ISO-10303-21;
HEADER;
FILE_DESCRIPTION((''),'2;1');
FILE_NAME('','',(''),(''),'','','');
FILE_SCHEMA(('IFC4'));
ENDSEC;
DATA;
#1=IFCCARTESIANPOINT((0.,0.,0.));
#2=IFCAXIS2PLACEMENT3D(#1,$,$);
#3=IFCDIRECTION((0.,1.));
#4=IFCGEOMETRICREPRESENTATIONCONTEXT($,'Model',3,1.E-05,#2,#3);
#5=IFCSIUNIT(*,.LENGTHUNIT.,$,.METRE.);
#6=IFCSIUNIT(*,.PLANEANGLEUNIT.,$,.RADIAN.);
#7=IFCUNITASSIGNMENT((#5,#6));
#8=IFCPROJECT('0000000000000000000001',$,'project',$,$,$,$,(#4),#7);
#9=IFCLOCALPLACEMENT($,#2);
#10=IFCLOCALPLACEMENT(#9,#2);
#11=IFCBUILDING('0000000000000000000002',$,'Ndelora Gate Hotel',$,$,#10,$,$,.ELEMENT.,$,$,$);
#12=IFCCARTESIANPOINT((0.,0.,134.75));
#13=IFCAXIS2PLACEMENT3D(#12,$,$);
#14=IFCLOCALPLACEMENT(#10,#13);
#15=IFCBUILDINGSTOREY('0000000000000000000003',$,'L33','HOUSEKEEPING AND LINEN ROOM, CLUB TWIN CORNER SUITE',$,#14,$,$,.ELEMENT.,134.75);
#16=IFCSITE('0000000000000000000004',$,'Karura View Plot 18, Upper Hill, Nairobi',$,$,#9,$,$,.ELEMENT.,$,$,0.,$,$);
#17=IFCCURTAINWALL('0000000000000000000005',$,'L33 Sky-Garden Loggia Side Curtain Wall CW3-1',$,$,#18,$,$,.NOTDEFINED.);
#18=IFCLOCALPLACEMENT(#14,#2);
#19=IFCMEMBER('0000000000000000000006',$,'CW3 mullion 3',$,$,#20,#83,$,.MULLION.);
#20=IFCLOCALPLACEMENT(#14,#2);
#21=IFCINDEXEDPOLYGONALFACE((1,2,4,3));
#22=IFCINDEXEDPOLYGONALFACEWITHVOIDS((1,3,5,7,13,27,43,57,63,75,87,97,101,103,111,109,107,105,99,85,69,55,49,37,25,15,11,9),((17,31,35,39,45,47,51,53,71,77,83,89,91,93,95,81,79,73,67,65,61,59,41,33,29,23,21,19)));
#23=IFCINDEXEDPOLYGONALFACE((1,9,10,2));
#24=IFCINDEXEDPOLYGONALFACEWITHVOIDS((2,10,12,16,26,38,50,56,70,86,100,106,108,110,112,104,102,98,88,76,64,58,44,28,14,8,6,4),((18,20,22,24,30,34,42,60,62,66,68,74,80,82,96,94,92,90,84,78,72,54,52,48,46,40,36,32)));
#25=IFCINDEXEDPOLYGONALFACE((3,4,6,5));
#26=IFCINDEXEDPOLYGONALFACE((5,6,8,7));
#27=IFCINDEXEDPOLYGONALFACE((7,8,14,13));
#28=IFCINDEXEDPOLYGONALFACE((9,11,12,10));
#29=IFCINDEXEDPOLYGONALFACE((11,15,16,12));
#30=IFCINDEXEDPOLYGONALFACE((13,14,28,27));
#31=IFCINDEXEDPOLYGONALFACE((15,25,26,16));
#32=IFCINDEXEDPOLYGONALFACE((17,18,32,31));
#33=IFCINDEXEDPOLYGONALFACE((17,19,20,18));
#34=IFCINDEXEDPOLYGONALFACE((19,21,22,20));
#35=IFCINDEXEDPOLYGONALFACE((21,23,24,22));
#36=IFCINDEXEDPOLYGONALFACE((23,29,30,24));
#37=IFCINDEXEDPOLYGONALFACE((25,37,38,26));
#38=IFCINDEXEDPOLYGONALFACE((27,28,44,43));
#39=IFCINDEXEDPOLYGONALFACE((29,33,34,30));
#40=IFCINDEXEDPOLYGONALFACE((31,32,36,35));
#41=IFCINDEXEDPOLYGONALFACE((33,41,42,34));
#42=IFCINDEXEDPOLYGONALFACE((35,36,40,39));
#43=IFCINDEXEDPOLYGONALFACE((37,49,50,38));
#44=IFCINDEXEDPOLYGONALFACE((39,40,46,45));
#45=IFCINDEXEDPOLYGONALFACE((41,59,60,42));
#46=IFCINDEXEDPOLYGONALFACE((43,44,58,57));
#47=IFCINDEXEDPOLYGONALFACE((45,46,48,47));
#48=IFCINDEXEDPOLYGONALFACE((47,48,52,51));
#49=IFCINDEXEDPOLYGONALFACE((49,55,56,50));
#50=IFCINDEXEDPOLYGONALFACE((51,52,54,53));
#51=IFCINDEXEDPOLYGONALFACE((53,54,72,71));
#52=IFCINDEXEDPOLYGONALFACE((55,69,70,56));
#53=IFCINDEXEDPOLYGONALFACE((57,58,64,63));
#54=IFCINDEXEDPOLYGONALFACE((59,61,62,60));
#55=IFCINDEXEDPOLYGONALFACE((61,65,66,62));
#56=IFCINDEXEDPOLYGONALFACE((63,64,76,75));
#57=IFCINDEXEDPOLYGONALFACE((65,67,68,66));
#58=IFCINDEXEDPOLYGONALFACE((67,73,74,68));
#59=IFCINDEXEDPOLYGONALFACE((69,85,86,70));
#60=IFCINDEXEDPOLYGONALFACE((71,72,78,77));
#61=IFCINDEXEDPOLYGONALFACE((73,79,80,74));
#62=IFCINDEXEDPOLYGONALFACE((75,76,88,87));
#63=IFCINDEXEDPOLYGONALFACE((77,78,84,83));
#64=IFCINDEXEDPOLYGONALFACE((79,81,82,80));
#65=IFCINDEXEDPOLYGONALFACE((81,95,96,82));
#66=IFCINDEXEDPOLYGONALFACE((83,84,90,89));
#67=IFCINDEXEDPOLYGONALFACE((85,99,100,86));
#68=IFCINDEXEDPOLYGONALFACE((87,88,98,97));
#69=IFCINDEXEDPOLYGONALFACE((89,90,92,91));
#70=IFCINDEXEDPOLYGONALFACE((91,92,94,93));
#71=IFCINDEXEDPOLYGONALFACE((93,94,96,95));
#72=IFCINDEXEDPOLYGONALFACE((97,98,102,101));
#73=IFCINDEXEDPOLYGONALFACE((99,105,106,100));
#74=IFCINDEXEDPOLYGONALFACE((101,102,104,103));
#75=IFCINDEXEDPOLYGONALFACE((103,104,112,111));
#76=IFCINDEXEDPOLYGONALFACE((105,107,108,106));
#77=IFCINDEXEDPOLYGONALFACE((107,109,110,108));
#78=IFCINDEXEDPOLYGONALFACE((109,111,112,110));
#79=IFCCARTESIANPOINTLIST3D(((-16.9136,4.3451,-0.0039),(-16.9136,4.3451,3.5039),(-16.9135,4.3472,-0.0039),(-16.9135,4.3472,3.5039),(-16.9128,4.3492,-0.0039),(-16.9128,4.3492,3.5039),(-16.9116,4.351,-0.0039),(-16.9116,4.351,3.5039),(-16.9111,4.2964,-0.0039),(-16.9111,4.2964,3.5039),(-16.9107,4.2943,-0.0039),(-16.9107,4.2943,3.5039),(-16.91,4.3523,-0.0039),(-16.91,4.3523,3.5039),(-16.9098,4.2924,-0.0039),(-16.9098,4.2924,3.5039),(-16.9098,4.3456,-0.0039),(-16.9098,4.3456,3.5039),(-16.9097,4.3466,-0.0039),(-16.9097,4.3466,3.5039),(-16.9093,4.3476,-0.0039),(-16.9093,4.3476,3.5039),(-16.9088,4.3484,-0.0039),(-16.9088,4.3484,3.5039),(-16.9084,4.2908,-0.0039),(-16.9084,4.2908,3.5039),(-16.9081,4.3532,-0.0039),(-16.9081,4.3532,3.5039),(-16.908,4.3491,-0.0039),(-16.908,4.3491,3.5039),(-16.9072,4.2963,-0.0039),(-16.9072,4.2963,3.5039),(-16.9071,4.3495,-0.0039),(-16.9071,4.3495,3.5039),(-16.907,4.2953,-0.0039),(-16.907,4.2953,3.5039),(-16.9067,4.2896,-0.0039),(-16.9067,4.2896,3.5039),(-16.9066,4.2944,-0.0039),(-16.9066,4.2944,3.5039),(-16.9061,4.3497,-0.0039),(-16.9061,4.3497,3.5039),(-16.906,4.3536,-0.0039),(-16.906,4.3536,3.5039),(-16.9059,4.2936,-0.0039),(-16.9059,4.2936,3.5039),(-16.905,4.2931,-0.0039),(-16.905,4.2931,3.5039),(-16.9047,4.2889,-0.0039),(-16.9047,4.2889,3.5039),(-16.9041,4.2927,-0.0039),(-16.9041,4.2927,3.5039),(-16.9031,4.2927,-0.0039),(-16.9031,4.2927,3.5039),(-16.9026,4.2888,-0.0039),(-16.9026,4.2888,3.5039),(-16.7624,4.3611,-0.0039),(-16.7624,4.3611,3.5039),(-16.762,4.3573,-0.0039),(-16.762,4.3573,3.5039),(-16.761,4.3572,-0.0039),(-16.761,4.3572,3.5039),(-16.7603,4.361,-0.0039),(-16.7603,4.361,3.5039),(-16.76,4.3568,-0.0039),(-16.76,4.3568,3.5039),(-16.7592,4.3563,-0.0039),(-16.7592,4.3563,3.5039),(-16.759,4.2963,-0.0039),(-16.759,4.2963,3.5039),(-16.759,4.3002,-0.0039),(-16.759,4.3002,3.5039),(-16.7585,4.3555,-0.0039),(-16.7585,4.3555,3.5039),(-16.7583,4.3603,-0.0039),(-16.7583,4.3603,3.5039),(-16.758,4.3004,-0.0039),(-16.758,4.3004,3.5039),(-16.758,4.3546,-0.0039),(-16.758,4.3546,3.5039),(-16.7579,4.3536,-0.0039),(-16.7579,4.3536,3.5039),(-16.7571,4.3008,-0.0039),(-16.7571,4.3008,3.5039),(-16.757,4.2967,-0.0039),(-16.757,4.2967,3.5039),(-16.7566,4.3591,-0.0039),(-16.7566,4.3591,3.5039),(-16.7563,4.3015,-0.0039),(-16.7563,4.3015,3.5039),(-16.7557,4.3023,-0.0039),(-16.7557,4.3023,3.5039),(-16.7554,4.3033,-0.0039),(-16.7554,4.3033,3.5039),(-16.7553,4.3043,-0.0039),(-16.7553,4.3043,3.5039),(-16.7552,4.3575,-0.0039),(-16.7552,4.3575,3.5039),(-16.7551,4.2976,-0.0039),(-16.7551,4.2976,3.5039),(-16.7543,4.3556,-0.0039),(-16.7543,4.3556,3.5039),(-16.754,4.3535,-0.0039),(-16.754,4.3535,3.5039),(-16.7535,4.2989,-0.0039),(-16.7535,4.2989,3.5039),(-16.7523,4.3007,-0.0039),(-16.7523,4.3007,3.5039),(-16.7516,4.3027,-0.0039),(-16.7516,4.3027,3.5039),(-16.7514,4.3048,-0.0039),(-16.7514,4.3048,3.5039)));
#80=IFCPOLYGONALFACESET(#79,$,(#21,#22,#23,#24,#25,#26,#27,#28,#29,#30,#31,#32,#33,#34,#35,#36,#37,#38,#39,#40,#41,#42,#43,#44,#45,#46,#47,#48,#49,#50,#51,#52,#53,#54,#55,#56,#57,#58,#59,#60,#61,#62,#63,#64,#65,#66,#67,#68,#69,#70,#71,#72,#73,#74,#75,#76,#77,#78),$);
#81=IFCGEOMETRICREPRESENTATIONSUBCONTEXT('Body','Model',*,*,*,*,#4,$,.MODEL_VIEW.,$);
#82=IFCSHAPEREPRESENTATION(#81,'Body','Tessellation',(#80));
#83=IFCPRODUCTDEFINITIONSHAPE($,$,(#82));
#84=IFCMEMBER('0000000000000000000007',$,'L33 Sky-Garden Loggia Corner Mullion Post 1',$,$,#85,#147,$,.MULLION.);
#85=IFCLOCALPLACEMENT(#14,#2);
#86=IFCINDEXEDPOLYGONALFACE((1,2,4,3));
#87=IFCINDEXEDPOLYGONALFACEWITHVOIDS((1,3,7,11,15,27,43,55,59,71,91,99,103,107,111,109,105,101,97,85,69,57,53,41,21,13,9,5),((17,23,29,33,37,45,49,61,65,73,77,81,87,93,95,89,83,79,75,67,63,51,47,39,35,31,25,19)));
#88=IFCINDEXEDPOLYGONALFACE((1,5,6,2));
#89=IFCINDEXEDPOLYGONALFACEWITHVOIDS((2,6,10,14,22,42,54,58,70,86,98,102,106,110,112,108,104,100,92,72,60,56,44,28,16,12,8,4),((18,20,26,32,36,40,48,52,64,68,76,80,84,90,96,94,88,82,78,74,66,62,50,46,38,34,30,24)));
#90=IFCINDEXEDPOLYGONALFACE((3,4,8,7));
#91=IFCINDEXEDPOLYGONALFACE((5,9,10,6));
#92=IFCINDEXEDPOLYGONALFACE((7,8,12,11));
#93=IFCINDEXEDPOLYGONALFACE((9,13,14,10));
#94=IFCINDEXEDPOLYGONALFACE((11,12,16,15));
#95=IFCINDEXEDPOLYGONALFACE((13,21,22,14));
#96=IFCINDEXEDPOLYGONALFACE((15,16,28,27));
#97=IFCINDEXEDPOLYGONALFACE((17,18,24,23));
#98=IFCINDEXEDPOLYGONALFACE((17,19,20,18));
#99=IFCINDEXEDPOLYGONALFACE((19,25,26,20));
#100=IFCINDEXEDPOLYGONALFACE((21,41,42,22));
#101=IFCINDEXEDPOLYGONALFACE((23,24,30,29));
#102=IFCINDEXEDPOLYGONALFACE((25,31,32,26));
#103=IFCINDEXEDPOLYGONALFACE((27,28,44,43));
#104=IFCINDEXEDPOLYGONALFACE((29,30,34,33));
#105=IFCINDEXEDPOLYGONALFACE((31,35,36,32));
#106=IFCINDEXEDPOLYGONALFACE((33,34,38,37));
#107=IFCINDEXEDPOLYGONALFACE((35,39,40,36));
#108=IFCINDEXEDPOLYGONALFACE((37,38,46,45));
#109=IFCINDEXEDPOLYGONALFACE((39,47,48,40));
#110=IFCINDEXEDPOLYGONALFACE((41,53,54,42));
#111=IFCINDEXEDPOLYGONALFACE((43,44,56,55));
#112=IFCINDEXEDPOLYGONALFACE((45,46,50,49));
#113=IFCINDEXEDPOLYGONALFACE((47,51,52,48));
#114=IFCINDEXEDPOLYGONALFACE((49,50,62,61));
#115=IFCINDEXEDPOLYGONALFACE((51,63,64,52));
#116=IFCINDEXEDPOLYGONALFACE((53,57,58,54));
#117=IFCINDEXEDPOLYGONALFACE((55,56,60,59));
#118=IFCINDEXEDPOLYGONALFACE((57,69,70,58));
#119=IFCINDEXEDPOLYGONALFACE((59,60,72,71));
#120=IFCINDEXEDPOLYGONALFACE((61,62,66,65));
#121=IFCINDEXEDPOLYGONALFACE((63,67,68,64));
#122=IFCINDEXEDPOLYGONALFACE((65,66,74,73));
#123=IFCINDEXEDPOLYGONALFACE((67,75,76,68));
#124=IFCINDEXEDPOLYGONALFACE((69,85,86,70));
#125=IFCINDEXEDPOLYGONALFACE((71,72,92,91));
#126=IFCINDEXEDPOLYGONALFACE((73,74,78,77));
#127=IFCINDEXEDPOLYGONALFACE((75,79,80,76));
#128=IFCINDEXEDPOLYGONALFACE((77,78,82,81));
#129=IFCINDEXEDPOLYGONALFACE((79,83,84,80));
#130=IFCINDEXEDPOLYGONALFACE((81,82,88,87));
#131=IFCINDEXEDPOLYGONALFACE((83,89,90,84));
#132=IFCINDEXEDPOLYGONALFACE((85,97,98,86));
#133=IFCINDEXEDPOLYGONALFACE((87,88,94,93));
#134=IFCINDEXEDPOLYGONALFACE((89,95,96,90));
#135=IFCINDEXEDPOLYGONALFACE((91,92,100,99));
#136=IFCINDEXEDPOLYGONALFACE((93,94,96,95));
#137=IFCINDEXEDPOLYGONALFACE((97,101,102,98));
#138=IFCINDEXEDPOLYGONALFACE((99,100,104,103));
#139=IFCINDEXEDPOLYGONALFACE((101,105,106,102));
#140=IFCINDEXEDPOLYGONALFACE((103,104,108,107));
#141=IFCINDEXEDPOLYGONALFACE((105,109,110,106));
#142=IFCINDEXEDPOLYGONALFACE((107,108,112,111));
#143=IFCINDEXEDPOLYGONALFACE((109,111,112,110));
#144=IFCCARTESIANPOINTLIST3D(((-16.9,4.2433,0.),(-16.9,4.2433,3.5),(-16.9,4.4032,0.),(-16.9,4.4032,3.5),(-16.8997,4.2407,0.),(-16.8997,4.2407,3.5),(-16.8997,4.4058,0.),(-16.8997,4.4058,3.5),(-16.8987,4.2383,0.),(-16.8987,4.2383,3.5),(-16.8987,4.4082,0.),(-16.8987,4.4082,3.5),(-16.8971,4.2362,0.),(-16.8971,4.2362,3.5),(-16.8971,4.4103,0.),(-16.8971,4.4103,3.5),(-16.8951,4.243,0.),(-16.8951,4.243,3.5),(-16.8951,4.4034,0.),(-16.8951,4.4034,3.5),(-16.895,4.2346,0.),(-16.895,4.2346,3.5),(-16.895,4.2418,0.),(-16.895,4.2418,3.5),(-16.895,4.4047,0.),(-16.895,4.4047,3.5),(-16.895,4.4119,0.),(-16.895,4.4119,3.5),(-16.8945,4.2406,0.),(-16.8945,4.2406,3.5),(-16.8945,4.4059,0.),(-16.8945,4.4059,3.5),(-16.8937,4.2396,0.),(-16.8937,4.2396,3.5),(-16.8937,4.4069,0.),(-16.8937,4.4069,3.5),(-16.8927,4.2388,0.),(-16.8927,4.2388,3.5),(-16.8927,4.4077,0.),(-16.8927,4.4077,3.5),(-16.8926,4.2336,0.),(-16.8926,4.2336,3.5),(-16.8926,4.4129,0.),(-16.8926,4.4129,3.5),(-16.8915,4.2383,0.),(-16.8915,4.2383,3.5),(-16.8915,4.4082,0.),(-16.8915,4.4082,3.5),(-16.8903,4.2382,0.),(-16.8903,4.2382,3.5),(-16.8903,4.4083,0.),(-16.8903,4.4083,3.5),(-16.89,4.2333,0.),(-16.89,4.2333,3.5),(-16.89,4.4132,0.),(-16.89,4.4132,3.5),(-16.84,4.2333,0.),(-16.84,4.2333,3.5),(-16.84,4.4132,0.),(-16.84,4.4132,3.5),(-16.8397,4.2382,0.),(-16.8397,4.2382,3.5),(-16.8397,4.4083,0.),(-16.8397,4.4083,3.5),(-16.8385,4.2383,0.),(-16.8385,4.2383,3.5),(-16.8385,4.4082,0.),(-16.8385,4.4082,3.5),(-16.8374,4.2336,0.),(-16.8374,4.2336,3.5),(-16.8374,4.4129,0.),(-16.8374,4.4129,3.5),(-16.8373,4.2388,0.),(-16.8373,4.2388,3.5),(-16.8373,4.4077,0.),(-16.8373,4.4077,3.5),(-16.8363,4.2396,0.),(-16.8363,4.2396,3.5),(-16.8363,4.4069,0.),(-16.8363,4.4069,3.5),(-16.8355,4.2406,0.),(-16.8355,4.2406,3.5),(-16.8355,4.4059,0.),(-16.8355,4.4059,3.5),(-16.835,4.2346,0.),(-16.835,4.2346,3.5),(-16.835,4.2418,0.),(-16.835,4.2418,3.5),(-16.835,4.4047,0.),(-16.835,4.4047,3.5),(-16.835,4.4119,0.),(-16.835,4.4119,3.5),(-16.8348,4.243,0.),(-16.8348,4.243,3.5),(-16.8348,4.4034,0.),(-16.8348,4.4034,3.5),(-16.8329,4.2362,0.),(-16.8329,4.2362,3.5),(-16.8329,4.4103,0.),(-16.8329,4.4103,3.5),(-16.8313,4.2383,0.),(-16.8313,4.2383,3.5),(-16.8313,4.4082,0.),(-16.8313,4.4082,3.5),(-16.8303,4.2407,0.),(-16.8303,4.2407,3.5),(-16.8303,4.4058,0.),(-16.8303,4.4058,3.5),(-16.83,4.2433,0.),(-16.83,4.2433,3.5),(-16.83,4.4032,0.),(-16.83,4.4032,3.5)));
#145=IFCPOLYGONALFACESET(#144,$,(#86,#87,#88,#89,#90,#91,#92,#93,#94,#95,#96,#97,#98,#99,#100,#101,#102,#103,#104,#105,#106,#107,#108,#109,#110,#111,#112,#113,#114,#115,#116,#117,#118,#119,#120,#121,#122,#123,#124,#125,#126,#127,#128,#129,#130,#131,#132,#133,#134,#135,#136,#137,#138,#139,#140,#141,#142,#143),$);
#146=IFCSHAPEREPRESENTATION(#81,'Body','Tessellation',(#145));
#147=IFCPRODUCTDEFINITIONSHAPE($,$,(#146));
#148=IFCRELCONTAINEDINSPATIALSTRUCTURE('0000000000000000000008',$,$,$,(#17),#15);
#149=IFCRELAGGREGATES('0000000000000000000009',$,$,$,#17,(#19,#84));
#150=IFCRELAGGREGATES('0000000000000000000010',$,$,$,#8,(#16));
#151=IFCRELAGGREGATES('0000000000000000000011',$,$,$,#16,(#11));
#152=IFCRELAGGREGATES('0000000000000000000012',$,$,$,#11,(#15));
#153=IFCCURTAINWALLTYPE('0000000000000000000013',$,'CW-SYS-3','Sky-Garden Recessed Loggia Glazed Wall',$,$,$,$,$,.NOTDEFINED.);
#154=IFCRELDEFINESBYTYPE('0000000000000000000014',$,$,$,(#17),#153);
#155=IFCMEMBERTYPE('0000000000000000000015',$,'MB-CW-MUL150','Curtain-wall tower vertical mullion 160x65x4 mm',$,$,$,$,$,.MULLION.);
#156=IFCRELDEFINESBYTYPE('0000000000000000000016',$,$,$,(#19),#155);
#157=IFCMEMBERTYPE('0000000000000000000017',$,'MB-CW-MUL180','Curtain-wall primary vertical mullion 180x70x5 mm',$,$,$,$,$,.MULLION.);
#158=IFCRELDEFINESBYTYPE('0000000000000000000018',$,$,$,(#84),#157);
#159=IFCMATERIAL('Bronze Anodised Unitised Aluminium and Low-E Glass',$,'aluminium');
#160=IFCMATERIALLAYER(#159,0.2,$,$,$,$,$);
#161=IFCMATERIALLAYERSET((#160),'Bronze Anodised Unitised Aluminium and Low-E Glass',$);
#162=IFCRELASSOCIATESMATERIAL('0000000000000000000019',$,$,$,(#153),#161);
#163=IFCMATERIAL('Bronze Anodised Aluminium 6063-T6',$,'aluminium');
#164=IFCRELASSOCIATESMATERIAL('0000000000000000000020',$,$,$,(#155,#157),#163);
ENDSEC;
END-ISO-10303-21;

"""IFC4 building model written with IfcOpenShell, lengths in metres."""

from ifc_helpers import new_model, si_unit, direction, frame, origin, origin_2d, place, context, subcontext, project, spatial, hollow_rectangle, extrude, material, layer, layer_set, material_profile, profile_set, type_object, element, aggregate, save


model = new_model("IFC4")

# Units and contexts
model_context = context("Model", 3, precision=1e-05, world=origin(), true_north=direction((0.0, 1.0)))
body_context = subcontext(model_context, "Body", "Model", "MODEL_VIEW")
ifc_project = project(units=[si_unit("LENGTHUNIT", "METRE"), si_unit("PLANEANGLEUNIT", "RADIAN")], contexts=[model_context])

# Site, building, storey
site_placement = place(None, origin())
site = spatial("IfcSite", under=ifc_project, at=site_placement, Name="Karura View Plot 18, Upper Hill, Nairobi", CompositionType="ELEMENT", RefElevation=0.0)
building_placement = place(site_placement, origin())
building = spatial("IfcBuilding", under=site, at=building_placement, Name="Ndelora Gate Hotel", CompositionType="ELEMENT")
storey_placement = place(building_placement, frame((0.0, 0.0, 134.75)))
storey = spatial("IfcBuildingStorey", under=building, at=storey_placement, Name="L33", Description="HOUSEKEEPING AND LINEN ROOM, CLUB TWIN CORNER SUITE", CompositionType="ELEMENT", Elevation=134.75)

# Curtain wall, members
ifc_material_1 = material(Name="Bronze Anodised Unitised Aluminium and Low-E Glass", Category="aluminium")
ifc_layer_1 = layer(ifc_material_1, 0.2)
ifc_layer_set_1 = layer_set([ifc_layer_1], Name="Bronze Anodised Unitised Aluminium and Low-E Glass")
curtain_wall_type = type_object("IfcCurtainWallType", Name="CW-SYS-3", Description="Sky-Garden Recessed Loggia Glazed Wall", PredefinedType="NOTDEFINED", material=ifc_layer_set_1)
curtain_wall_placement = place(storey_placement, origin())
curtain_wall = element("IfcCurtainWall", 1, at=curtain_wall_placement, inside=storey, type_object=curtain_wall_type, Name="L33 Sky-Garden Loggia Side Curtain Wall CW3-1", PredefinedType="NOTDEFINED")
ifc_material_2 = material(Name="Bronze Anodised Aluminium 6063-T6", Category="aluminium")
ifc_material_profile_1 = material_profile(ifc_material_2, hollow_rectangle(XDim=0.0649, YDim=0.1599, WallThickness=0.0039, InnerFilletRadius=0.0039, OuterFilletRadius=0.0081, at=origin_2d()), Name="ALU 160x65x4")
ifc_profile_set_1 = profile_set([ifc_material_profile_1], Name="Bronze Anodised Aluminium 6063-T6")
member_type_1 = type_object("IfcMemberType", Name="MB-CW-MUL150", Description="Curtain-wall tower vertical mullion 160x65x4 mm", PredefinedType="MULLION", material=ifc_profile_set_1)
member_1_placement = place(storey_placement, frame((-16.8325, 4.325, -0.0039), z_axis=(0.0, 0.0, 1.0), x_axis=(0.052318, -0.99863, 0.0)))
member_1 = element("IfcMember", 2, at=member_1_placement, type_object=member_type_1, Name="CW3 mullion 3", PredefinedType="MULLION", context=body_context, shape_type="SweptSolid", body=[
    extrude(hollow_rectangle(XDim=0.0649, YDim=0.1599, WallThickness=0.0039, InnerFilletRadius=0.0039, OuterFilletRadius=0.0081, at=origin_2d()), origin(), (0.0, 0.0, 1.0), 3.5078),
])
ifc_material_profile_2 = material_profile(ifc_material_2, hollow_rectangle(XDim=0.0701, YDim=0.1799, WallThickness=0.0049, InnerFilletRadius=0.0049, OuterFilletRadius=0.01, at=origin_2d()), Name="ALU 180x70x5")
ifc_profile_set_2 = profile_set([ifc_material_profile_2], Name="Bronze Anodised Aluminium 6063-T6")
member_type_2 = type_object("IfcMemberType", Name="MB-CW-MUL180", Description="Curtain-wall primary vertical mullion 180x70x5 mm", PredefinedType="MULLION", material=ifc_profile_set_2)
member_2_placement = place(storey_placement, frame((-16.865, 4.3232, 0.0), z_axis=(0.0, 0.0, 1.0), x_axis=(1.0, 0.0, 0.0)))
member_2 = element("IfcMember", 3, at=member_2_placement, type_object=member_type_2, Name="L33 Sky-Garden Loggia Corner Mullion Post 1", PredefinedType="MULLION", context=body_context, shape_type="SweptSolid", body=[
    extrude(hollow_rectangle(XDim=0.0701, YDim=0.1799, WallThickness=0.0049, InnerFilletRadius=0.0049, OuterFilletRadius=0.01, at=origin_2d()), origin(), (0.0, 0.0, 1.0), 3.5),
])
aggregate(curtain_wall, [member_1, member_2])

save(model, "model.ifc")
